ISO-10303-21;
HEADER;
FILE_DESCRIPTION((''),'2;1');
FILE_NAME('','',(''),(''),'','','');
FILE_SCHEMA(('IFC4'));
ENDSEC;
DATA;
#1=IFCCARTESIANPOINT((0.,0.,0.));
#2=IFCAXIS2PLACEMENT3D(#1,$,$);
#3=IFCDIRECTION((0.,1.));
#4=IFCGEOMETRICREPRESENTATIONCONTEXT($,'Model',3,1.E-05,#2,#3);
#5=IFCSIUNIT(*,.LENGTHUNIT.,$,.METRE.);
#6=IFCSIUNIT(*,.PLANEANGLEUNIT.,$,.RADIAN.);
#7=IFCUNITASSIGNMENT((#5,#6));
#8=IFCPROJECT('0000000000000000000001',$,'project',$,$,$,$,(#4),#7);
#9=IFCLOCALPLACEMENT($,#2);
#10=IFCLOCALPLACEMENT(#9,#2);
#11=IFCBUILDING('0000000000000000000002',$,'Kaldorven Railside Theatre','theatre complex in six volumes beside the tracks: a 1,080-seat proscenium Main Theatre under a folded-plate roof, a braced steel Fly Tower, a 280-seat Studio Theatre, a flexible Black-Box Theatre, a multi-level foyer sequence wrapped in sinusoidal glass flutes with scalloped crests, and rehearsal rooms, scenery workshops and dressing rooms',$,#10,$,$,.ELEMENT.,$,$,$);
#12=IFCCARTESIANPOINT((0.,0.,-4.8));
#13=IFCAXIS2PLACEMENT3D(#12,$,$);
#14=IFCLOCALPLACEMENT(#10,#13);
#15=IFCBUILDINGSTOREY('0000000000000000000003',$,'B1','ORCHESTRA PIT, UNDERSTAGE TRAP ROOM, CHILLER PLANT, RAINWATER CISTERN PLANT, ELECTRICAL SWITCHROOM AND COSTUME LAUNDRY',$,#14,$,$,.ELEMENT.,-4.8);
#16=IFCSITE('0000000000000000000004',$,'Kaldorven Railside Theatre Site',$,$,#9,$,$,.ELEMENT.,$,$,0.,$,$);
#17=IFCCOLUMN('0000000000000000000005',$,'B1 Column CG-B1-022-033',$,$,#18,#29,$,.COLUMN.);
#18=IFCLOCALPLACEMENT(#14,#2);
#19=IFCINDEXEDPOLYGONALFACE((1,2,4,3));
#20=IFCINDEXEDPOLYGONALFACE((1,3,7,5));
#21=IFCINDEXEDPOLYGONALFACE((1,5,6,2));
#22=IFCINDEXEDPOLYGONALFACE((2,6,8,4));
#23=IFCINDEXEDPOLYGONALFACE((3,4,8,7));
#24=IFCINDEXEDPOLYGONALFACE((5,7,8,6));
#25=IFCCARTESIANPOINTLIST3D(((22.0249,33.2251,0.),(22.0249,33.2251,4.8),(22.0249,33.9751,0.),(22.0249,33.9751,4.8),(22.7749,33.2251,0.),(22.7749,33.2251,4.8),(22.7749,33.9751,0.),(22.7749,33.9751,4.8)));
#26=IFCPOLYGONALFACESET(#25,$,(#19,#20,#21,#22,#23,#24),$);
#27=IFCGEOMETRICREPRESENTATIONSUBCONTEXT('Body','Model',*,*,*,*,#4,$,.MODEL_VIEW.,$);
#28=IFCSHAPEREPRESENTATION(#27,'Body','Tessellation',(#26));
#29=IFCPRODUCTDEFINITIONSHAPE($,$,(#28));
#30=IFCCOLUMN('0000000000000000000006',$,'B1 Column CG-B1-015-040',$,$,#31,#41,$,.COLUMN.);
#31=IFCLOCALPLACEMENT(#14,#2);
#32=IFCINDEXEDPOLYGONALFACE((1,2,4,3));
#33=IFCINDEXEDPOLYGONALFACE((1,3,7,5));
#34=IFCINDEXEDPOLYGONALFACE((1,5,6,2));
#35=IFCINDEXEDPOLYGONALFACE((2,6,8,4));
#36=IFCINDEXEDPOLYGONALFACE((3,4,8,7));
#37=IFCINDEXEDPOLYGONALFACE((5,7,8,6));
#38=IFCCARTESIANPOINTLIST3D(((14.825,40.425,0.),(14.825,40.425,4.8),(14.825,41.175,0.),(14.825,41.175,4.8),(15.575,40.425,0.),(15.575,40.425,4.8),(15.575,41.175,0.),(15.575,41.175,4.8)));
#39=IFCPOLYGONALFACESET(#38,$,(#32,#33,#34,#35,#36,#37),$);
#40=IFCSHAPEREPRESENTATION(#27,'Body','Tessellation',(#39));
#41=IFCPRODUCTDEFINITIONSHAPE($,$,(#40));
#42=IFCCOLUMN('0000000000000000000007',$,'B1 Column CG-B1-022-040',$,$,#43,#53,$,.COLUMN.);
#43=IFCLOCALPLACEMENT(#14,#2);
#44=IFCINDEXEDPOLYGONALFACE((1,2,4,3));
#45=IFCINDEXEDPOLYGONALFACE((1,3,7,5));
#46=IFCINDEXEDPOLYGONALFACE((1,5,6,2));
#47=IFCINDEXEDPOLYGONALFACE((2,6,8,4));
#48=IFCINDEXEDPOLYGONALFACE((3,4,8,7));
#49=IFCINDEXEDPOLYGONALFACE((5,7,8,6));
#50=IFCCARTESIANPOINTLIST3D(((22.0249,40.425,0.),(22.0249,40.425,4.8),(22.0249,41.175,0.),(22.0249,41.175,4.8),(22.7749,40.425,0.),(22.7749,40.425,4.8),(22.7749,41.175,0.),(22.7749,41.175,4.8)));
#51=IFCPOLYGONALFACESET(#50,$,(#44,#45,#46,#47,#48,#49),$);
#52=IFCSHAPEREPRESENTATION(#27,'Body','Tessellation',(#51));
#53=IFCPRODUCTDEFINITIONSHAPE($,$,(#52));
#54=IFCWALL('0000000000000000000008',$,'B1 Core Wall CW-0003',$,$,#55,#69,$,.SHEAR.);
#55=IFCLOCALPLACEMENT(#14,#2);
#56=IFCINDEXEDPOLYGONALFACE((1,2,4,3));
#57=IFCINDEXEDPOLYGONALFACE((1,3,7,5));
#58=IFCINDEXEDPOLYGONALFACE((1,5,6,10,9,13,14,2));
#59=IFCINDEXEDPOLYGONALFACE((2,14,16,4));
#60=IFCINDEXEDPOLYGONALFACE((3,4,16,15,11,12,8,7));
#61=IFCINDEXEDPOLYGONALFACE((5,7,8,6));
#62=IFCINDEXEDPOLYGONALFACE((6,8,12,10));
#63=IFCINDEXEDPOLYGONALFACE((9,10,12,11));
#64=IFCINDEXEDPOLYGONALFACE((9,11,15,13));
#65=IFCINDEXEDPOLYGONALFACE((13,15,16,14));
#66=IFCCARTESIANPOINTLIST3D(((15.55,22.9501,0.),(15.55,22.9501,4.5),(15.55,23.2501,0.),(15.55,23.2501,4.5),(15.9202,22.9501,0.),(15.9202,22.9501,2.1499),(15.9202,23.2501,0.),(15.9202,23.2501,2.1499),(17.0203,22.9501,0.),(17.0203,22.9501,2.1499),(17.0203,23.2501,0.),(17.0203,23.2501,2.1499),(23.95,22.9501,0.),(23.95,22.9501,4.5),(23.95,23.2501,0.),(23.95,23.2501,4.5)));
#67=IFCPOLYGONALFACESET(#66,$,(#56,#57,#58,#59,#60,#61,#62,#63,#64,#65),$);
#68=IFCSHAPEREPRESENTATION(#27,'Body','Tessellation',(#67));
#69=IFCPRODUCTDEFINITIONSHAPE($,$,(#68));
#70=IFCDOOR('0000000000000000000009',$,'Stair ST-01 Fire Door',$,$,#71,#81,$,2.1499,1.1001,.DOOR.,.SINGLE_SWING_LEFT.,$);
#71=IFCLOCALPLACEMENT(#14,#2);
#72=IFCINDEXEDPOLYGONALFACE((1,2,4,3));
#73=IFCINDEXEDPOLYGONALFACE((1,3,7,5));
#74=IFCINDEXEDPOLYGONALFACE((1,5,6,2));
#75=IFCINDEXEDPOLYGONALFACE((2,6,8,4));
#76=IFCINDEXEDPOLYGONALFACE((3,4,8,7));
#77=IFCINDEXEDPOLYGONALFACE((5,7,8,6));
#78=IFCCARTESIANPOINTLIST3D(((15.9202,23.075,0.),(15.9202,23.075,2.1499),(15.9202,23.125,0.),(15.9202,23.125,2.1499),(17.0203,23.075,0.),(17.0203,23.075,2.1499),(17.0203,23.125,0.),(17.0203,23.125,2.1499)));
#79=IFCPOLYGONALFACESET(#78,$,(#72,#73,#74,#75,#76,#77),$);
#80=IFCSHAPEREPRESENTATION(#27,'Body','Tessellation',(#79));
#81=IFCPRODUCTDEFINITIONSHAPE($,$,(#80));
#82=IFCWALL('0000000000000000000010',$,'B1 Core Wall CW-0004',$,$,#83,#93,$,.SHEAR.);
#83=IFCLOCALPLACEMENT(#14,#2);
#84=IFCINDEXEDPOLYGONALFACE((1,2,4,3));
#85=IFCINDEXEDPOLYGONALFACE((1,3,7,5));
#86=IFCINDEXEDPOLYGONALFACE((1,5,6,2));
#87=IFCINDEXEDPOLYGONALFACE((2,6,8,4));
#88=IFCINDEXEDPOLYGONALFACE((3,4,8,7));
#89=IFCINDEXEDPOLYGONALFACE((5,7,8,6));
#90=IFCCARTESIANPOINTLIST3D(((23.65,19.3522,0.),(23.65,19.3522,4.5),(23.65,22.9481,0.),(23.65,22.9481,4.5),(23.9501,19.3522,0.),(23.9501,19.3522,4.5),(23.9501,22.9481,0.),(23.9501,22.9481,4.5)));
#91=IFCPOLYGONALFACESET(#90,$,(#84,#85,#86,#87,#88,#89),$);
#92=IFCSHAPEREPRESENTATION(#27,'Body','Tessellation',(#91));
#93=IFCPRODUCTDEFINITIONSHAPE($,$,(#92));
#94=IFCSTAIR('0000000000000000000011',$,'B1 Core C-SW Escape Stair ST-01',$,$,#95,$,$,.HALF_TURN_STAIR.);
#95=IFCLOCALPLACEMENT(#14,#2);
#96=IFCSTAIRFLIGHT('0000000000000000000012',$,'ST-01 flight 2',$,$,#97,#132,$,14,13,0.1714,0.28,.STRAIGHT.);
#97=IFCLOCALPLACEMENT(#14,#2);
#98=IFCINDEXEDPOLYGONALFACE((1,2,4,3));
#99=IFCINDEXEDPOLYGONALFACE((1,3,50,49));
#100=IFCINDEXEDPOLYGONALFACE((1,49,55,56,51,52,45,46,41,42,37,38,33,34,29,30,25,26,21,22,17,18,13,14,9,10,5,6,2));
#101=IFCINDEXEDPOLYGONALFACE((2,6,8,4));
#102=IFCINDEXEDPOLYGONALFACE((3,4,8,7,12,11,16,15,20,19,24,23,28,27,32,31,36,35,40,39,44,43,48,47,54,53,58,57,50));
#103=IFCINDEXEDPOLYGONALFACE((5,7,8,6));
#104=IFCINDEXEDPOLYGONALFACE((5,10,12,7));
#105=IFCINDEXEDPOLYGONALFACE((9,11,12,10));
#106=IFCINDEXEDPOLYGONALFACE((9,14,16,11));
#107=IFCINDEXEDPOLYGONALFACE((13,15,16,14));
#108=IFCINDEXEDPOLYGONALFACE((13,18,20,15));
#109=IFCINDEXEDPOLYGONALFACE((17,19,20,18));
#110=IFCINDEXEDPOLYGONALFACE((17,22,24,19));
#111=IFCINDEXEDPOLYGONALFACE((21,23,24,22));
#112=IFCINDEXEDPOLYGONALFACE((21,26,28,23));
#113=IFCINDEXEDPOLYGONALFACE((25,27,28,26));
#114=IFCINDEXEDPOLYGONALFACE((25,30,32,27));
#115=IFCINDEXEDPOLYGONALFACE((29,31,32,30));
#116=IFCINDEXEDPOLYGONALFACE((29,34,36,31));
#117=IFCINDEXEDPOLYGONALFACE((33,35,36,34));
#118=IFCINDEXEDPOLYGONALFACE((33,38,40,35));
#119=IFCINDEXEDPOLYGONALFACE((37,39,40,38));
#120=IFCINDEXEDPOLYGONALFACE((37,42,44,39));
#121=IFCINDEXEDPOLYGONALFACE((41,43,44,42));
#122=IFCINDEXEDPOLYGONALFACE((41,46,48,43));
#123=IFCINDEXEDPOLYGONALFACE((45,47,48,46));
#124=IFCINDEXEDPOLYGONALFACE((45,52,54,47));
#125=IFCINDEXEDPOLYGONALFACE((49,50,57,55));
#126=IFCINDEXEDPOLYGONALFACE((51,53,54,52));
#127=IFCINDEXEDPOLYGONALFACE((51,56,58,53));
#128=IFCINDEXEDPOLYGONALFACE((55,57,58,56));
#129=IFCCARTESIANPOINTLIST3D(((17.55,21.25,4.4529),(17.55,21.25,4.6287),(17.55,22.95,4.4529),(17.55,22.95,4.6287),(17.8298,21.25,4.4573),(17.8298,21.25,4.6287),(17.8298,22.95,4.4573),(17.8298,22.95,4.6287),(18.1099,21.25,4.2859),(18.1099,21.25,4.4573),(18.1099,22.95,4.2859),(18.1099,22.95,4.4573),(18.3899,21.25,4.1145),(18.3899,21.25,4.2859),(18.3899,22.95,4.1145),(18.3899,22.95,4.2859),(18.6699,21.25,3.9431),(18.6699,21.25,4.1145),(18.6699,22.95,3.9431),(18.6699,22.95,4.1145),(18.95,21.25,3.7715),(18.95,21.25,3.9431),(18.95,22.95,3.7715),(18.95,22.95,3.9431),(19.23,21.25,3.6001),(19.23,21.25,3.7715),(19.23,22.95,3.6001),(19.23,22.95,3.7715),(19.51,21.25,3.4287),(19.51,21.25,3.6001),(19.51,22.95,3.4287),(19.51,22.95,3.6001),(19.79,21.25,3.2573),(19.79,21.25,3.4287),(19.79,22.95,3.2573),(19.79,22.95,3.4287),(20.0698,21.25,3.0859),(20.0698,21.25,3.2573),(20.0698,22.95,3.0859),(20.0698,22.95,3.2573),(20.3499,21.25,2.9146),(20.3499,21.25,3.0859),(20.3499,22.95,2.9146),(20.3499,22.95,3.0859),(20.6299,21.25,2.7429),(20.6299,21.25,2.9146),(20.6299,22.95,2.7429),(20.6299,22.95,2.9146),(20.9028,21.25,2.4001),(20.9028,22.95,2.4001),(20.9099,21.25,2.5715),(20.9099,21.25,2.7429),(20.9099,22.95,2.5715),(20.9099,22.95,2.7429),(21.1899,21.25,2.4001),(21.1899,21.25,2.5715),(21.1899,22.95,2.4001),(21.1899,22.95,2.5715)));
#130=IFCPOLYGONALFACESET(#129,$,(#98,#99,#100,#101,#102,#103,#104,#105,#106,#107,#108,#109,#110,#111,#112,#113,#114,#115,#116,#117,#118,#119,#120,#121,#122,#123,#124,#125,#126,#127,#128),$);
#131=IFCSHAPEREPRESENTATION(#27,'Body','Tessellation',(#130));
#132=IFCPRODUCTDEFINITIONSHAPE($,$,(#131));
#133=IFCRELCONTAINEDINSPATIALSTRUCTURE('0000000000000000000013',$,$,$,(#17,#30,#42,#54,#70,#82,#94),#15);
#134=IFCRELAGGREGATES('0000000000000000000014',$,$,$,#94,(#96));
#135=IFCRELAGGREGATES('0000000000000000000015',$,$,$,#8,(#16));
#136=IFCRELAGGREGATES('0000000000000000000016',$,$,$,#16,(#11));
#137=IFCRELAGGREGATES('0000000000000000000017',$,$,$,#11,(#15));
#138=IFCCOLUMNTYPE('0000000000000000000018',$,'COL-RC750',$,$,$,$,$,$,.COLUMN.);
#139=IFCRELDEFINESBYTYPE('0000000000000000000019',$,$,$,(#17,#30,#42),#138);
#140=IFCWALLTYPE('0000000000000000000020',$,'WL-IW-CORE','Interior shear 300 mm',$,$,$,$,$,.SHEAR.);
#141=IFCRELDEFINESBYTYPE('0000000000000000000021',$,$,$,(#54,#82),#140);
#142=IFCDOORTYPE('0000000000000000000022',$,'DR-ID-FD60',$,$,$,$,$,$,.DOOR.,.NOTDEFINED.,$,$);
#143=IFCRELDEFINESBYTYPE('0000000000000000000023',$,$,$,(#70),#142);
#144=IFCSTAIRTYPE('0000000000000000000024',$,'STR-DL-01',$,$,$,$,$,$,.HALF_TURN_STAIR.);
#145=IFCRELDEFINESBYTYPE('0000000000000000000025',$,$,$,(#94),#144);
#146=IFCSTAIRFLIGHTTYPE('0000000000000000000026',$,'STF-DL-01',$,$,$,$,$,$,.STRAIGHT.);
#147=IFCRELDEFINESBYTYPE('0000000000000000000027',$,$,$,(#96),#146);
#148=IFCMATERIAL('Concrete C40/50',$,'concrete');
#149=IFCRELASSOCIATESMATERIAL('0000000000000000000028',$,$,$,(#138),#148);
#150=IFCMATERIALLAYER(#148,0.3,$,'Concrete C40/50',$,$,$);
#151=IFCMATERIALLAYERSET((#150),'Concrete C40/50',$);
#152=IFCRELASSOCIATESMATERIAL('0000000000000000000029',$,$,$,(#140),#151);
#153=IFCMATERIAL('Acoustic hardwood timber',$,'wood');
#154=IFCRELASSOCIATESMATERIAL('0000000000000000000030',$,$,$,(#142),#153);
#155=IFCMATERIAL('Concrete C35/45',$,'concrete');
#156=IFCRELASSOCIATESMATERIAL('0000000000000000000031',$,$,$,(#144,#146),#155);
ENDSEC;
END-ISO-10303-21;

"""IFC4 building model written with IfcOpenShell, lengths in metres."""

from ifc_helpers import new_model, si_unit, direction, frame, frame_2d, origin, origin_2d, place, context, subcontext, project, spatial, polyline, rectangle, outline, extrude, material, layer, layer_set, material_profile, profile_set, type_object, element, fill, aggregate, save


model = new_model("IFC4")

# Units and contexts
model_context = context("Model", 3, precision=1e-05, world=origin(), true_north=direction((0.0, 1.0)))
body_context = subcontext(model_context, "Body", "Model", "MODEL_VIEW")
ifc_project = project(units=[si_unit("LENGTHUNIT", "METRE"), si_unit("PLANEANGLEUNIT", "RADIAN")], contexts=[model_context])

# Site, building, storey
site_placement = place(None, origin())
site = spatial("IfcSite", under=ifc_project, at=site_placement, Name="Kaldorven Railside Theatre Site", CompositionType="ELEMENT", RefElevation=0.0)
building_placement = place(site_placement, origin())
building = spatial("IfcBuilding", under=site, at=building_placement, Name="Kaldorven Railside Theatre", Description="theatre complex in six volumes beside the tracks: a 1,080-seat proscenium Main Theatre under a folded-plate roof, a braced steel Fly Tower, a 280-seat Studio Theatre, a flexible Black-Box Theatre, a multi-level foyer sequence wrapped in sinusoidal glass flutes with scalloped crests, and rehearsal rooms, scenery workshops and dressing rooms", CompositionType="ELEMENT")
storey_placement = place(building_placement, frame((0.0, 0.0, -4.8)))
storey = spatial("IfcBuildingStorey", under=building, at=storey_placement, Name="B1", Description="ORCHESTRA PIT, UNDERSTAGE TRAP ROOM, CHILLER PLANT, RAINWATER CISTERN PLANT, ELECTRICAL SWITCHROOM AND COSTUME LAUNDRY", CompositionType="ELEMENT", Elevation=-4.8)

# Shared definitions
ifc_material_1 = material(Name="Concrete C40/50", Category="concrete")

# Shared definitions
ifc_material_2 = material(Name="Concrete C35/45", Category="concrete")

# Columns
ifc_material_profile_1 = material_profile(ifc_material_1, rectangle(XDim=0.75, YDim=0.75, at=origin_2d()), Name="RC 750x750")
ifc_profile_set_1 = profile_set([ifc_material_profile_1], Name="Concrete C40/50")
column_type = type_object("IfcColumnType", Name="COL-RC750", PredefinedType="COLUMN", material=ifc_profile_set_1)
for number, where, z_axis, x_axis, name in (
    (1, (22.3999, 33.6001, 0.0), (0.0, 0.0, 1.0), (1.0, 0.0, 0.0), "B1 Column CG-B1-022-033"),
    (2, (15.2, 40.8, 0.0), (0.0, 0.0, 1.0), (1.0, 0.0, 0.0), "B1 Column CG-B1-015-040"),
    (3, (22.3999, 40.8, 0.0), (0.0, 0.0, 1.0), (0.0, 1.0, 0.0), "B1 Column CG-B1-022-040"),
):
    element("IfcColumn", number, at=place(storey_placement, frame(where, z_axis=z_axis, x_axis=x_axis)), inside=storey, type_object=column_type, Name=name, PredefinedType="COLUMN", context=body_context, shape_type="SweptSolid", body=[
        extrude(rectangle(XDim=0.75, YDim=0.75, at=origin_2d()), origin(), (0.0, 0.0, 1.0), 4.8),
    ])

# Wall, opening, door
ifc_layer = layer(ifc_material_1, 0.3, Name="Concrete C40/50")
ifc_layer_set = layer_set([ifc_layer], Name="Concrete C40/50")
wall_type = type_object("IfcWallType", Name="WL-IW-CORE", Description="Interior shear 300 mm", PredefinedType="SHEAR", material=ifc_layer_set)
wall_1_placement = place(storey_placement, frame((15.55, 23.1001, 0.0), z_axis=(0.0, 0.0, 1.0), x_axis=(1.0, 0.0, 0.0)))
wall_1 = element("IfcWall", 4, at=wall_1_placement, inside=storey, type_object=wall_type, Name="B1 Core Wall CW-0003", PredefinedType="SHEAR", context=body_context, shape_type="SweptSolid", body=[
    extrude(rectangle(XDim=8.3999, YDim=0.3, at=frame_2d((4.2, 0.0))), origin(), (0.0, 0.0, 1.0), 4.5),
])
opening_placement = place(wall_1_placement, frame((0.3701, 0.0, 0.0)))
opening = element("IfcOpeningElement", 5, at=opening_placement, cuts=wall_1, PredefinedType="OPENING", context=body_context, shape_type="SweptSolid", body=[
    extrude(rectangle(XDim=1.1001, YDim=2.1499, at=frame_2d((0.55, 1.075))), frame((0.0, 0.1602, 0.0), z_axis=(0.0, -1.0, 0.0), x_axis=(1.0, 0.0, 0.0)), (0.0, 0.0, 1.0), 0.3201),
])
ifc_material_3 = material(Name="Acoustic hardwood timber", Category="wood")
door_type = type_object("IfcDoorType", Name="DR-ID-FD60", OperationType="NOTDEFINED", PredefinedType="DOOR", material=ifc_material_3)
door_placement = place(opening_placement, origin())
door = element("IfcDoor", 6, at=door_placement, inside=storey, type_object=door_type, Name="Stair ST-01 Fire Door", OperationType="SINGLE_SWING_LEFT", OverallHeight=2.1499, OverallWidth=1.1001, PredefinedType="DOOR", context=body_context, shape_type="SweptSolid", body=[
    extrude(rectangle(XDim=1.1001, YDim=2.1499, at=frame_2d((0.55, 1.075))), frame((0.0, 0.0249, 0.0), z_axis=(0.0, -1.0, 0.0), x_axis=(1.0, 0.0, 0.0)), (0.0, 0.0, 1.0), 0.05),
])
fill(opening, door)

# Wall
wall_2_placement = place(storey_placement, frame((23.8, 22.948, 0.0), z_axis=(0.0, 0.0, 1.0), x_axis=(0.0, -1.0, 0.0)))
element("IfcWall", 7, at=wall_2_placement, inside=storey, type_object=wall_type, Name="B1 Core Wall CW-0004", PredefinedType="SHEAR", context=body_context, shape_type="SweptSolid", body=[
    extrude(rectangle(XDim=3.5959, YDim=0.3, at=frame_2d((1.7979, 0.0))), origin(), (0.0, 0.0, 1.0), 4.5),
])

# Stair, stair flight
stair_type = type_object("IfcStairType", Name="STR-DL-01", PredefinedType="HALF_TURN_STAIR", material=ifc_material_2)
stair_placement = place(storey_placement, origin())
stair = element("IfcStair", 8, at=stair_placement, inside=storey, type_object=stair_type, Name="B1 Core C-SW Escape Stair ST-01", PredefinedType="HALF_TURN_STAIR")
stair_flight_type = type_object("IfcStairFlightType", Name="STF-DL-01", PredefinedType="STRAIGHT", material=ifc_material_2)
stair_flight_placement = place(storey_placement, frame((21.1899, 22.1001, 2.4001), z_axis=(0.0, 0.0, 1.0), x_axis=(-1.0, 0.0, 0.0)))
stair_flight = element("IfcStairFlight", 9, at=stair_flight_placement, type_object=stair_flight_type, Name="ST-01 flight 2", NumberOfRisers=14, NumberOfTreads=13, PredefinedType="STRAIGHT", RiserHeight=0.1714, TreadLength=0.28, context=body_context, shape_type="SweptSolid", body=[
    extrude(outline(polyline([(0.0, 0.0), (0.0, 0.1714), (0.28, 0.1714), (0.28, 0.3428), (0.5601, 0.3428), (0.5601, 0.5144), (0.8401, 0.5144), (0.8401, 0.6858), (1.1201, 0.6858), (1.1201, 0.8572), (1.3999, 0.8572), (1.3999, 1.0286), (1.6799, 1.0286), (1.6799, 1.2), (1.96, 1.2), (1.96, 1.3713), (2.24, 1.3713), (2.24, 1.543), (2.52, 1.543), (2.52, 1.7144), (2.8, 1.7144), (2.8, 1.8857), (3.0801, 1.8857), (3.0801, 2.0571), (3.3601, 2.0571), (3.3601, 2.2285), (3.6399, 2.2285), (3.6399, 2.3999), (3.6399, 2.0527), (0.2871, 0.0), (0.0, 0.0)])), frame((0.0, 0.8501, 0.0), z_axis=(0.0, -1.0, 0.0), x_axis=(1.0, 0.0, 0.0)), (0.0, 0.0, 1.0), 1.7),
])
aggregate(stair, [stair_flight])

save(model, "model.ifc")
